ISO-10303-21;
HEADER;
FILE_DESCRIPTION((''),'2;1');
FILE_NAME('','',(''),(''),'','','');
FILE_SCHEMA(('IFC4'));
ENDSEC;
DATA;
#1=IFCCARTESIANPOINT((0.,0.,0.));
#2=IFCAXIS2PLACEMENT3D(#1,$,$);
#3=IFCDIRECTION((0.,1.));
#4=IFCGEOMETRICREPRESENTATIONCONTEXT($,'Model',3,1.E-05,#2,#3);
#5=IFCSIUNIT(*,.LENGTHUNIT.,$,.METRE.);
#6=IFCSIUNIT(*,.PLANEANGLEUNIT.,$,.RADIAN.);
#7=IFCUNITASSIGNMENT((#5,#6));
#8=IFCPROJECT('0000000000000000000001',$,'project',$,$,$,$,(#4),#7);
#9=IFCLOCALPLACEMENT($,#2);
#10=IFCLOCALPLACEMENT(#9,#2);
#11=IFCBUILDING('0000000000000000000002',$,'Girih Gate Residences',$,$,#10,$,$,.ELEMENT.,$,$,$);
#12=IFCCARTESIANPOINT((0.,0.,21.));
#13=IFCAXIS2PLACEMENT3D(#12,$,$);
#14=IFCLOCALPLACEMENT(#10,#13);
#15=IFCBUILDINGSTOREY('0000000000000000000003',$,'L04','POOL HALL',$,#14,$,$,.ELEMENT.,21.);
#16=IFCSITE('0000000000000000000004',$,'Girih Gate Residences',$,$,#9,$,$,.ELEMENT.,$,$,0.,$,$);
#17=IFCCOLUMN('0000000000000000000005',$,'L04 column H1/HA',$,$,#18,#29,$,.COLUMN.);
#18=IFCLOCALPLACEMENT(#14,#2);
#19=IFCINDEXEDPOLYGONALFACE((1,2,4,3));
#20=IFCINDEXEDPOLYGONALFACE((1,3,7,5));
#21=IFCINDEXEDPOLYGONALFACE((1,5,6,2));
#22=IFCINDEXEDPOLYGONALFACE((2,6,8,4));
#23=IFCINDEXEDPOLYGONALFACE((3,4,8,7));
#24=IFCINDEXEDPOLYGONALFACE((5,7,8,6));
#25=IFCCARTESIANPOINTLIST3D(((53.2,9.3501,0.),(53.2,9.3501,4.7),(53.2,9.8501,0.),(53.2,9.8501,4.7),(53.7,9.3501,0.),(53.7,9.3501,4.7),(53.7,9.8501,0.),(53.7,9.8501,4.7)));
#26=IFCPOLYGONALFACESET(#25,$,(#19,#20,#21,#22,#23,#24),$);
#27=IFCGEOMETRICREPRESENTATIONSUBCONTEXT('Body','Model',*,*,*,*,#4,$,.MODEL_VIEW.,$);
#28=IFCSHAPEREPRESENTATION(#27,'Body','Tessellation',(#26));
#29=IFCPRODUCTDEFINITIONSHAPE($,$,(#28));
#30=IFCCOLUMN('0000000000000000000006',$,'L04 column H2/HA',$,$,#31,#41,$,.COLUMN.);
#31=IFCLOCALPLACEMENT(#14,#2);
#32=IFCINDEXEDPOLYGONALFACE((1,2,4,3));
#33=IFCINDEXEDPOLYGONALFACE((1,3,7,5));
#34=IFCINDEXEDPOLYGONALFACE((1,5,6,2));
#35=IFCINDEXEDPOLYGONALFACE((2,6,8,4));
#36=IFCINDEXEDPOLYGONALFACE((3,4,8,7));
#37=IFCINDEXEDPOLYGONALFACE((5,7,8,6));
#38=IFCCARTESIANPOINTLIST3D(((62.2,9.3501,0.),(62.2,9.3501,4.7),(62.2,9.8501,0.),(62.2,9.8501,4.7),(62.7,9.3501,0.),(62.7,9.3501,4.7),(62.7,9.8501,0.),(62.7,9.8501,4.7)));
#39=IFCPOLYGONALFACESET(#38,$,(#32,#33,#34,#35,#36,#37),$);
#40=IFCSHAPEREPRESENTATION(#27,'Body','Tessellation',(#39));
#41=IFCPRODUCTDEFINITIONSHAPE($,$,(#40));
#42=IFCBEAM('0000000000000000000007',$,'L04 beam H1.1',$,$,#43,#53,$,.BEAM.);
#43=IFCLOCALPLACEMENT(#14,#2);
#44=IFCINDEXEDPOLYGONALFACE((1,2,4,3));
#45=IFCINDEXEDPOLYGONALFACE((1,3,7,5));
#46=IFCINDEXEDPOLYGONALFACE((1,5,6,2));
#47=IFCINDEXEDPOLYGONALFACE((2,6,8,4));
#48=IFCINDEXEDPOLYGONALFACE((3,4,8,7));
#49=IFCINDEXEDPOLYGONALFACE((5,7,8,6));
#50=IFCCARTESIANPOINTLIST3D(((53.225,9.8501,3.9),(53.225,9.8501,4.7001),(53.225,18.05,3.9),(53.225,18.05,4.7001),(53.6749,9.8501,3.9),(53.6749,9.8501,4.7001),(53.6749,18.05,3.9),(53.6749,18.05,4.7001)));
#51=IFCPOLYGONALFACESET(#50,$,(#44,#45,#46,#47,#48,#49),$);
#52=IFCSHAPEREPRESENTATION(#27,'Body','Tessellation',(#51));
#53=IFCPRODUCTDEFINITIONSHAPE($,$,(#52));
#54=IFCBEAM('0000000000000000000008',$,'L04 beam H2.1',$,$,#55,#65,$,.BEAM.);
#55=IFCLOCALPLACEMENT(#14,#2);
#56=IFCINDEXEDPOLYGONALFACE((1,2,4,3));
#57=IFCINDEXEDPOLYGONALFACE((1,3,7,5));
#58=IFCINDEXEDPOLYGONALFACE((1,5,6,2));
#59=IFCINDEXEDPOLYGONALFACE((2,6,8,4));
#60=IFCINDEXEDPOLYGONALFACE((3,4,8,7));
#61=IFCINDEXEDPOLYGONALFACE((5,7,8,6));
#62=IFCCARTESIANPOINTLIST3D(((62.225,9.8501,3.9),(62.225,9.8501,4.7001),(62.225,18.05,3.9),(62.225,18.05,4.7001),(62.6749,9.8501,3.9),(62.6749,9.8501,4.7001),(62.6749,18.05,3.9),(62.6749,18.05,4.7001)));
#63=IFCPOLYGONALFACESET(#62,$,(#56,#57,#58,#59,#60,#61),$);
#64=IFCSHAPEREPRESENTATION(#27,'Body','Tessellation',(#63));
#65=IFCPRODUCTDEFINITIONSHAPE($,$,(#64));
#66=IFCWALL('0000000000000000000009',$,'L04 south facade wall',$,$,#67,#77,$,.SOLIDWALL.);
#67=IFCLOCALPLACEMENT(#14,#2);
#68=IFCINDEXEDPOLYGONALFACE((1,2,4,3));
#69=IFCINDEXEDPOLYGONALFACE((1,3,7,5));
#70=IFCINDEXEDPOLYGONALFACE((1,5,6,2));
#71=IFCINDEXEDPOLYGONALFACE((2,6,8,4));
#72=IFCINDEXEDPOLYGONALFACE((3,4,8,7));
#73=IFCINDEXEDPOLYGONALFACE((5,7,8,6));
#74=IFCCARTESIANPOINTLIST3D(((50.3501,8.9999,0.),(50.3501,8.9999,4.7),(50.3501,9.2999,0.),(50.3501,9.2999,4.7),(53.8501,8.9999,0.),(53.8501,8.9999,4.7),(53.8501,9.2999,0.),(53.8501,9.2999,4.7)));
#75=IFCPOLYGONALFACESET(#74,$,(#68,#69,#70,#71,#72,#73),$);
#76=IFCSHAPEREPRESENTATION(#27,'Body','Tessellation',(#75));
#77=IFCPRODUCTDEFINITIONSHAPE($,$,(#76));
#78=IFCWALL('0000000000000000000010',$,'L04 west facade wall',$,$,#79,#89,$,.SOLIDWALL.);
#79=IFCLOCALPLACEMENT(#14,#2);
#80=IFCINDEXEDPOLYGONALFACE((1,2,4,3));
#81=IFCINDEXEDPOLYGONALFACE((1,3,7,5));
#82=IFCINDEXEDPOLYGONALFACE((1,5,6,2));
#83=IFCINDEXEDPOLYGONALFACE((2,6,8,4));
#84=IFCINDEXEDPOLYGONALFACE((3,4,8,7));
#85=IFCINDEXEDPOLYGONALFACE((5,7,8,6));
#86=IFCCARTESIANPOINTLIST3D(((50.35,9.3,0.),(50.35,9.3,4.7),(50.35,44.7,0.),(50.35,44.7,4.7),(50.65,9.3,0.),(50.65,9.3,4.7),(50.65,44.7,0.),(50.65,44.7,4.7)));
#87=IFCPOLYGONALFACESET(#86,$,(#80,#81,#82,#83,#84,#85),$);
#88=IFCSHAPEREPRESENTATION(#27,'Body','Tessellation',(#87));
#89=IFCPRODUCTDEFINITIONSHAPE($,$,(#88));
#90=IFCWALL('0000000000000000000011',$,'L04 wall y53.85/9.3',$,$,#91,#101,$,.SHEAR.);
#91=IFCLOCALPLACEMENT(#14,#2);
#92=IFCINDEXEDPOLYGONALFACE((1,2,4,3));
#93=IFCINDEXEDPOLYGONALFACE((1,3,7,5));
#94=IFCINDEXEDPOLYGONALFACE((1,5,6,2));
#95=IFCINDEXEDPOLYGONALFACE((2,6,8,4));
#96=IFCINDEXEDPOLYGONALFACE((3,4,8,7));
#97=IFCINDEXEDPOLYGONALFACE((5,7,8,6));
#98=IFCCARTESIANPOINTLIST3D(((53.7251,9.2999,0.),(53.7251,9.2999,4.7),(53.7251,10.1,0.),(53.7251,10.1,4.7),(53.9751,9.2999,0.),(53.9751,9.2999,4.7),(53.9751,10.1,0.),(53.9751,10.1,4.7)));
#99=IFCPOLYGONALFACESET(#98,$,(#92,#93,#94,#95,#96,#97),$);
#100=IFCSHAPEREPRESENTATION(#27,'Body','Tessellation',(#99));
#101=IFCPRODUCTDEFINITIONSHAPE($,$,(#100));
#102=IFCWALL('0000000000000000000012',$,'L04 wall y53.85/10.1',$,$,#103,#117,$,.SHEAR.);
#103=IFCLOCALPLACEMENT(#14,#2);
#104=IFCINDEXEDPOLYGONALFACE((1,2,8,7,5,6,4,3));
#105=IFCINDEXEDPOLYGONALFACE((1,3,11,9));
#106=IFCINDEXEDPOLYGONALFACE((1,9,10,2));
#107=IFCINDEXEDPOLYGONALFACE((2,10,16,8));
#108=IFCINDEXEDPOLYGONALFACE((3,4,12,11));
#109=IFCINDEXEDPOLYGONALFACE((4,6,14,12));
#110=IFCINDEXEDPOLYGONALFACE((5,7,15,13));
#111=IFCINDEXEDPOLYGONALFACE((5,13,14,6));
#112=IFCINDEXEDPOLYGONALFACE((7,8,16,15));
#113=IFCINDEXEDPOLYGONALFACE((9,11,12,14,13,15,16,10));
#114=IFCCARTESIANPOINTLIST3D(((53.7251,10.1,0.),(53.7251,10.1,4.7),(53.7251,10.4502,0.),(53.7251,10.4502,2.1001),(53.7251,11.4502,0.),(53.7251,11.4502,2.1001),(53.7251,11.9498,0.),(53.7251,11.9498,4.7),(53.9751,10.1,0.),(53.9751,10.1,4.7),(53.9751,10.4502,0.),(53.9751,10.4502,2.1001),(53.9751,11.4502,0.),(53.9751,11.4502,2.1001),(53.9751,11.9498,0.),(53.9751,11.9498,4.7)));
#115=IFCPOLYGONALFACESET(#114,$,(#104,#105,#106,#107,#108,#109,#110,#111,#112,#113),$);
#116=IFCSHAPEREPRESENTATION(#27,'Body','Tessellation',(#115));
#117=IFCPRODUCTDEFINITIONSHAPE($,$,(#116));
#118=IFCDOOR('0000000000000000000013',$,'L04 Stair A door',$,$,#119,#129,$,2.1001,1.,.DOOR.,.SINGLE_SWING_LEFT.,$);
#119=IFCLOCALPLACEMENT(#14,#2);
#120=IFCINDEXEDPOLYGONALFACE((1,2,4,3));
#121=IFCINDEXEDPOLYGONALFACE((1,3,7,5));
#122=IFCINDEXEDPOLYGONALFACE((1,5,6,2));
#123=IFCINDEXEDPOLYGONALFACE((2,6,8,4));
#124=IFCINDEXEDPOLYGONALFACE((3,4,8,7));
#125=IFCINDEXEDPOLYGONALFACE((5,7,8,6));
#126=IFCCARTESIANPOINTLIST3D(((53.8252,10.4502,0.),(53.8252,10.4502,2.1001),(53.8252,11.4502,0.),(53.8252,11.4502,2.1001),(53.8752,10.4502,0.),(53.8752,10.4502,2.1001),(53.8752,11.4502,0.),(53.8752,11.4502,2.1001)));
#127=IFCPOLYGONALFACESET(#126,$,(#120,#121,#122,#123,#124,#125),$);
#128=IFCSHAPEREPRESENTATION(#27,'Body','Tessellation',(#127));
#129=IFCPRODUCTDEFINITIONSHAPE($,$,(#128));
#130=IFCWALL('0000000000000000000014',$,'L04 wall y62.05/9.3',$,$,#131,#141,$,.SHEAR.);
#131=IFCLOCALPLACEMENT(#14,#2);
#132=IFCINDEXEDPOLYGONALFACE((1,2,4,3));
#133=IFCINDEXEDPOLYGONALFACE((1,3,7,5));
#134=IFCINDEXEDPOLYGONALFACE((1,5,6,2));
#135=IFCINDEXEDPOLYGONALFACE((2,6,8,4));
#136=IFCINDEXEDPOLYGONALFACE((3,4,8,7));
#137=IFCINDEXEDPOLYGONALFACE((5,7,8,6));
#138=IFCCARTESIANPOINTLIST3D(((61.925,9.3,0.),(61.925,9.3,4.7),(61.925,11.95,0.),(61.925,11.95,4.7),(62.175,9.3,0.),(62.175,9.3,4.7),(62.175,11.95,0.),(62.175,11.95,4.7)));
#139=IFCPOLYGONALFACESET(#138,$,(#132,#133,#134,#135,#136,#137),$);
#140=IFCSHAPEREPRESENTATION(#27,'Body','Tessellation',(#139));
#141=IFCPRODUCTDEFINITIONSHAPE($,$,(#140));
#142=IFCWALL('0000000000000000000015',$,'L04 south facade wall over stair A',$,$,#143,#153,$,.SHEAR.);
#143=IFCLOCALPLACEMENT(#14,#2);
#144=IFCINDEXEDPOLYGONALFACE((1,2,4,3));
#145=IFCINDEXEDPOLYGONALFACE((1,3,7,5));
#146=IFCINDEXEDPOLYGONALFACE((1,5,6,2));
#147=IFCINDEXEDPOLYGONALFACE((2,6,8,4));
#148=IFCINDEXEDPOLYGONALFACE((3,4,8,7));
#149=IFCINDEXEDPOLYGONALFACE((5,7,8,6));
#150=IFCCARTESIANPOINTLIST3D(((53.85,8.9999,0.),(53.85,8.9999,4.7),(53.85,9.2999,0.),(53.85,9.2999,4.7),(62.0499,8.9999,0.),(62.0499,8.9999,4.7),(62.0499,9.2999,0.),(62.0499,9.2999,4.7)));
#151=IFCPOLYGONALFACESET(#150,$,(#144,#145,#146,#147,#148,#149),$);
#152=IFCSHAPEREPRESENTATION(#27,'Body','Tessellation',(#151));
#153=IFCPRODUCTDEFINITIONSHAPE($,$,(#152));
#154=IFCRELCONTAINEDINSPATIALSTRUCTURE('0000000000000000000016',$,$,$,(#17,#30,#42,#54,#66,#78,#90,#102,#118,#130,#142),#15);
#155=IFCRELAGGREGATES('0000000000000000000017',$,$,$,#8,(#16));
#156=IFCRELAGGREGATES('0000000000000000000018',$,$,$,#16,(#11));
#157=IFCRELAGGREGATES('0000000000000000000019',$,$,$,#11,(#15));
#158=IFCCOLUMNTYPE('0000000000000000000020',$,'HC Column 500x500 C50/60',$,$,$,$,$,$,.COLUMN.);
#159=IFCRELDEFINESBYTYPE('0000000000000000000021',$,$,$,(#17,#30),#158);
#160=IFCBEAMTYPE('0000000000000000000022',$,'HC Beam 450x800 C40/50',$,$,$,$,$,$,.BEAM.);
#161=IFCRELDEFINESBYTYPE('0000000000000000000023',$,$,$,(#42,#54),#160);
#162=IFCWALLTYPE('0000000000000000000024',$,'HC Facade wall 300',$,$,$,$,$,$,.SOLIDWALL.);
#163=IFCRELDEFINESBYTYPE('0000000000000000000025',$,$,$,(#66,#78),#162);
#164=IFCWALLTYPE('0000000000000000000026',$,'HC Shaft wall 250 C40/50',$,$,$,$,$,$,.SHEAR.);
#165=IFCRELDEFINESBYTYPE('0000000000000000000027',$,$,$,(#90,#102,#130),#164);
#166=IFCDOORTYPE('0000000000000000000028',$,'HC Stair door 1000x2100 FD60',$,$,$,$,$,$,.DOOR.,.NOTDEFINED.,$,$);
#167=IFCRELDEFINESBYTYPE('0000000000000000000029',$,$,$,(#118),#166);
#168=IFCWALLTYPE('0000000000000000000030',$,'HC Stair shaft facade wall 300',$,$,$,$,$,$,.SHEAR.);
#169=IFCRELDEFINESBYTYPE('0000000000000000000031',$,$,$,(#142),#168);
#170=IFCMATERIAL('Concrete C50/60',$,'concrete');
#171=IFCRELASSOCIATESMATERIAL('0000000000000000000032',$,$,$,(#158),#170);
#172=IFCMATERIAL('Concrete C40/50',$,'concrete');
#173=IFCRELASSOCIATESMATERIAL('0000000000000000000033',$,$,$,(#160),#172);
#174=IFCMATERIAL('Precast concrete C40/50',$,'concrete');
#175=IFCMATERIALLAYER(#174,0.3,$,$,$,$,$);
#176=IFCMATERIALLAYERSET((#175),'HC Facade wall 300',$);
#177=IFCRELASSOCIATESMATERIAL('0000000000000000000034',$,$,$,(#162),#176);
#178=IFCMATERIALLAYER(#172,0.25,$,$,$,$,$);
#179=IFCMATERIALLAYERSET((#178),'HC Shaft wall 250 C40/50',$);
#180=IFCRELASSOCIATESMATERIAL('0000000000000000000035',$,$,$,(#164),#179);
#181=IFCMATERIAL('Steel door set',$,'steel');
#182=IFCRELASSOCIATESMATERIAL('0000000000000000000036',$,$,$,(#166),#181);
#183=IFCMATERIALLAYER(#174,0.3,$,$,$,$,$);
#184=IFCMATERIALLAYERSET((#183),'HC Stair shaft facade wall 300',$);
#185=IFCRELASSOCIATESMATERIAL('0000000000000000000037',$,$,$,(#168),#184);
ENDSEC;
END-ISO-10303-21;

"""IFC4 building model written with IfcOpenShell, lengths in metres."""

from ifc_helpers import new_model, si_unit, direction, frame, frame_2d, origin, origin_2d, place, context, subcontext, project, spatial, rectangle, extrude, material, layer, layer_set, material_profile, profile_set, type_object, element, fill, save


model = new_model("IFC4")

# Units and contexts
model_context = context("Model", 3, precision=1e-05, world=origin(), true_north=direction((0.0, 1.0)))
body_context = subcontext(model_context, "Body", "Model", "MODEL_VIEW")
ifc_project = project(units=[si_unit("LENGTHUNIT", "METRE"), si_unit("PLANEANGLEUNIT", "RADIAN")], contexts=[model_context])

# Site, building, storey
site_placement = place(None, origin())
site = spatial("IfcSite", under=ifc_project, at=site_placement, Name="Girih Gate Residences", CompositionType="ELEMENT", RefElevation=0.0)
building_placement = place(site_placement, origin())
building = spatial("IfcBuilding", under=site, at=building_placement, Name="Girih Gate Residences", CompositionType="ELEMENT")
storey_placement = place(building_placement, frame((0.0, 0.0, 21.0)))
storey = spatial("IfcBuildingStorey", under=building, at=storey_placement, Name="L04", Description="POOL HALL", CompositionType="ELEMENT", Elevation=21.0)

# Columns
ifc_material_1 = material(Name="Concrete C50/60", Category="concrete")
ifc_material_profile_1 = material_profile(ifc_material_1, rectangle(XDim=0.5, YDim=0.5, at=origin_2d()))
ifc_profile_set_1 = profile_set([ifc_material_profile_1], Name="Concrete C50/60")
column_type = type_object("IfcColumnType", Name="HC Column 500x500 C50/60", PredefinedType="COLUMN", material=ifc_profile_set_1)
for number, where, z_axis, x_axis, name in (
    (1, (53.45, 9.6001, 0.0), (0.0, 0.0, 1.0), (1.0, 0.0, 0.0), "L04 column H1/HA"),
    (2, (62.45, 9.6001, 0.0), (0.0, 0.0, 1.0), (1.0, 0.0, 0.0), "L04 column H2/HA"),
):
    element("IfcColumn", number, at=place(storey_placement, frame(where, z_axis=z_axis, x_axis=x_axis)), inside=storey, type_object=column_type, Name=name, PredefinedType="COLUMN", context=body_context, shape_type="SweptSolid", body=[
        extrude(rectangle(XDim=0.5, YDim=0.5, at=origin_2d()), origin(), (0.0, 0.0, 1.0), 4.7),
    ])

# Beams
ifc_material_2 = material(Name="Concrete C40/50", Category="concrete")
ifc_material_profile_2 = material_profile(ifc_material_2, rectangle(XDim=0.45, YDim=0.8, at=origin_2d()))
ifc_profile_set_2 = profile_set([ifc_material_profile_2], Name="Concrete C40/50")
beam_type = type_object("IfcBeamType", Name="HC Beam 450x800 C40/50", PredefinedType="BEAM", material=ifc_profile_set_2)
for number, where, z_axis, x_axis, name in (
    (3, (53.45, 9.8501, 4.3), (0.0, 1.0, 0.0), (-1.0, 0.0, 0.0), "L04 beam H1.1"),
    (4, (62.45, 9.8501, 4.3), (0.0, 1.0, 0.0), (-1.0, 0.0, 0.0), "L04 beam H2.1"),
):
    element("IfcBeam", number, at=place(storey_placement, frame(where, z_axis=z_axis, x_axis=x_axis)), inside=storey, type_object=beam_type, Name=name, PredefinedType="BEAM", context=body_context, shape_type="SweptSolid", body=[
        extrude(rectangle(XDim=0.45, YDim=0.8, at=origin_2d()), origin(), (0.0, 0.0, 1.0), 8.2),
    ])

# Walls
ifc_material_3 = material(Name="Precast concrete C40/50", Category="concrete")
ifc_layer_1 = layer(ifc_material_3, 0.3)
ifc_layer_set_1 = layer_set([ifc_layer_1], Name="HC Facade wall 300")
wall_type_1 = type_object("IfcWallType", Name="HC Facade wall 300", PredefinedType="SOLIDWALL", material=ifc_layer_set_1)
wall_1_placement = place(storey_placement, frame((53.8501, 9.1499, 0.0), z_axis=(0.0, 0.0, 1.0), x_axis=(-1.0, 0.0, 0.0)))
element("IfcWall", 5, at=wall_1_placement, inside=storey, type_object=wall_type_1, Name="L04 south facade wall", PredefinedType="SOLIDWALL", context=body_context, shape_type="SweptSolid", body=[
    extrude(rectangle(XDim=3.5, YDim=0.3, at=frame_2d((1.75, 0.0))), origin(), (0.0, 0.0, 1.0), 4.7),
])
wall_2_placement = place(storey_placement, frame((50.5, 9.3, 0.0), z_axis=(0.0, 0.0, 1.0), x_axis=(0.0, 1.0, 0.0)))
element("IfcWall", 6, at=wall_2_placement, inside=storey, type_object=wall_type_1, Name="L04 west facade wall", PredefinedType="SOLIDWALL", context=body_context, shape_type="SweptSolid", body=[
    extrude(rectangle(XDim=35.3999, YDim=0.3, at=frame_2d((17.7, 0.0))), origin(), (0.0, 0.0, 1.0), 4.7),
])
ifc_layer_2 = layer(ifc_material_2, 0.25)
ifc_layer_set_2 = layer_set([ifc_layer_2], Name="HC Shaft wall 250 C40/50")
wall_type_2 = type_object("IfcWallType", Name="HC Shaft wall 250 C40/50", PredefinedType="SHEAR", material=ifc_layer_set_2)
wall_3_placement = place(storey_placement, frame((53.8501, 9.3, 0.0), z_axis=(0.0, 0.0, 1.0), x_axis=(0.0, 1.0, 0.0)))
element("IfcWall", 7, at=wall_3_placement, inside=storey, type_object=wall_type_2, Name="L04 wall y53.85/9.3", PredefinedType="SHEAR", context=body_context, shape_type="SweptSolid", body=[
    extrude(rectangle(XDim=0.8, YDim=0.25, at=frame_2d((0.3999, 0.0))), origin(), (0.0, 0.0, 1.0), 4.7),
])

# Wall, opening, door
wall_4_placement = place(storey_placement, frame((53.8501, 10.1001, 0.0), z_axis=(0.0, 0.0, 1.0), x_axis=(0.0, 1.0, 0.0)))
wall_4 = element("IfcWall", 8, at=wall_4_placement, inside=storey, type_object=wall_type_2, Name="L04 wall y53.85/10.1", PredefinedType="SHEAR", context=body_context, shape_type="SweptSolid", body=[
    extrude(rectangle(XDim=1.8499, YDim=0.25, at=frame_2d((0.9248, 0.0))), origin(), (0.0, 0.0, 1.0), 4.7),
])
opening_placement = place(wall_4_placement, frame((0.3501, 0.0, 0.0)))
opening = element("IfcOpeningElement", 9, at=opening_placement, cuts=wall_4, PredefinedType="OPENING", context=body_context, shape_type="SweptSolid", body=[
    extrude(rectangle(XDim=1.0, YDim=2.1001, at=frame_2d((0.5, 1.05))), frame((0.0, 0.135, 0.0), z_axis=(0.0, -1.0, 0.0), x_axis=(1.0, 0.0, 0.0)), (0.0, 0.0, 1.0), 0.27),
])
ifc_material_4 = material(Name="Steel door set", Category="steel")
door_type = type_object("IfcDoorType", Name="HC Stair door 1000x2100 FD60", OperationType="NOTDEFINED", PredefinedType="DOOR", material=ifc_material_4)
door_placement = place(opening_placement, origin())
door = element("IfcDoor", 10, at=door_placement, inside=storey, type_object=door_type, Name="L04 Stair A door", OperationType="SINGLE_SWING_LEFT", OverallHeight=2.1001, OverallWidth=1.0, PredefinedType="DOOR", context=body_context, shape_type="SweptSolid", body=[
    extrude(rectangle(XDim=1.0, YDim=2.1001, at=frame_2d((0.5, 1.05))), frame((0.0, 0.0249, 0.0), z_axis=(0.0, -1.0, 0.0), x_axis=(1.0, 0.0, 0.0)), (0.0, 0.0, 1.0), 0.05),
])
fill(opening, door)

# Walls
wall_5_placement = place(storey_placement, frame((62.05, 9.3, 0.0), z_axis=(0.0, 0.0, 1.0), x_axis=(0.0, 1.0, 0.0)))
element("IfcWall", 11, at=wall_5_placement, inside=storey, type_object=wall_type_2, Name="L04 wall y62.05/9.3", PredefinedType="SHEAR", context=body_context, shape_type="SweptSolid", body=[
    extrude(rectangle(XDim=2.6499, YDim=0.25, at=frame_2d((1.325, 0.0))), origin(), (0.0, 0.0, 1.0), 4.7),
])
ifc_layer_3 = layer(ifc_material_3, 0.3)
ifc_layer_set_3 = layer_set([ifc_layer_3], Name="HC Stair shaft facade wall 300")
wall_type_3 = type_object("IfcWallType", Name="HC Stair shaft facade wall 300", PredefinedType="SHEAR", material=ifc_layer_set_3)
wall_6_placement = place(storey_placement, frame((62.05, 9.1499, 0.0), z_axis=(0.0, 0.0, 1.0), x_axis=(-1.0, 0.0, 0.0)))
element("IfcWall", 12, at=wall_6_placement, inside=storey, type_object=wall_type_3, Name="L04 south facade wall over stair A", PredefinedType="SHEAR", context=body_context, shape_type="SweptSolid", body=[
    extrude(rectangle(XDim=8.2, YDim=0.3, at=frame_2d((4.1001, 0.0))), origin(), (0.0, 0.0, 1.0), 4.7),
])

save(model, "model.ifc")
